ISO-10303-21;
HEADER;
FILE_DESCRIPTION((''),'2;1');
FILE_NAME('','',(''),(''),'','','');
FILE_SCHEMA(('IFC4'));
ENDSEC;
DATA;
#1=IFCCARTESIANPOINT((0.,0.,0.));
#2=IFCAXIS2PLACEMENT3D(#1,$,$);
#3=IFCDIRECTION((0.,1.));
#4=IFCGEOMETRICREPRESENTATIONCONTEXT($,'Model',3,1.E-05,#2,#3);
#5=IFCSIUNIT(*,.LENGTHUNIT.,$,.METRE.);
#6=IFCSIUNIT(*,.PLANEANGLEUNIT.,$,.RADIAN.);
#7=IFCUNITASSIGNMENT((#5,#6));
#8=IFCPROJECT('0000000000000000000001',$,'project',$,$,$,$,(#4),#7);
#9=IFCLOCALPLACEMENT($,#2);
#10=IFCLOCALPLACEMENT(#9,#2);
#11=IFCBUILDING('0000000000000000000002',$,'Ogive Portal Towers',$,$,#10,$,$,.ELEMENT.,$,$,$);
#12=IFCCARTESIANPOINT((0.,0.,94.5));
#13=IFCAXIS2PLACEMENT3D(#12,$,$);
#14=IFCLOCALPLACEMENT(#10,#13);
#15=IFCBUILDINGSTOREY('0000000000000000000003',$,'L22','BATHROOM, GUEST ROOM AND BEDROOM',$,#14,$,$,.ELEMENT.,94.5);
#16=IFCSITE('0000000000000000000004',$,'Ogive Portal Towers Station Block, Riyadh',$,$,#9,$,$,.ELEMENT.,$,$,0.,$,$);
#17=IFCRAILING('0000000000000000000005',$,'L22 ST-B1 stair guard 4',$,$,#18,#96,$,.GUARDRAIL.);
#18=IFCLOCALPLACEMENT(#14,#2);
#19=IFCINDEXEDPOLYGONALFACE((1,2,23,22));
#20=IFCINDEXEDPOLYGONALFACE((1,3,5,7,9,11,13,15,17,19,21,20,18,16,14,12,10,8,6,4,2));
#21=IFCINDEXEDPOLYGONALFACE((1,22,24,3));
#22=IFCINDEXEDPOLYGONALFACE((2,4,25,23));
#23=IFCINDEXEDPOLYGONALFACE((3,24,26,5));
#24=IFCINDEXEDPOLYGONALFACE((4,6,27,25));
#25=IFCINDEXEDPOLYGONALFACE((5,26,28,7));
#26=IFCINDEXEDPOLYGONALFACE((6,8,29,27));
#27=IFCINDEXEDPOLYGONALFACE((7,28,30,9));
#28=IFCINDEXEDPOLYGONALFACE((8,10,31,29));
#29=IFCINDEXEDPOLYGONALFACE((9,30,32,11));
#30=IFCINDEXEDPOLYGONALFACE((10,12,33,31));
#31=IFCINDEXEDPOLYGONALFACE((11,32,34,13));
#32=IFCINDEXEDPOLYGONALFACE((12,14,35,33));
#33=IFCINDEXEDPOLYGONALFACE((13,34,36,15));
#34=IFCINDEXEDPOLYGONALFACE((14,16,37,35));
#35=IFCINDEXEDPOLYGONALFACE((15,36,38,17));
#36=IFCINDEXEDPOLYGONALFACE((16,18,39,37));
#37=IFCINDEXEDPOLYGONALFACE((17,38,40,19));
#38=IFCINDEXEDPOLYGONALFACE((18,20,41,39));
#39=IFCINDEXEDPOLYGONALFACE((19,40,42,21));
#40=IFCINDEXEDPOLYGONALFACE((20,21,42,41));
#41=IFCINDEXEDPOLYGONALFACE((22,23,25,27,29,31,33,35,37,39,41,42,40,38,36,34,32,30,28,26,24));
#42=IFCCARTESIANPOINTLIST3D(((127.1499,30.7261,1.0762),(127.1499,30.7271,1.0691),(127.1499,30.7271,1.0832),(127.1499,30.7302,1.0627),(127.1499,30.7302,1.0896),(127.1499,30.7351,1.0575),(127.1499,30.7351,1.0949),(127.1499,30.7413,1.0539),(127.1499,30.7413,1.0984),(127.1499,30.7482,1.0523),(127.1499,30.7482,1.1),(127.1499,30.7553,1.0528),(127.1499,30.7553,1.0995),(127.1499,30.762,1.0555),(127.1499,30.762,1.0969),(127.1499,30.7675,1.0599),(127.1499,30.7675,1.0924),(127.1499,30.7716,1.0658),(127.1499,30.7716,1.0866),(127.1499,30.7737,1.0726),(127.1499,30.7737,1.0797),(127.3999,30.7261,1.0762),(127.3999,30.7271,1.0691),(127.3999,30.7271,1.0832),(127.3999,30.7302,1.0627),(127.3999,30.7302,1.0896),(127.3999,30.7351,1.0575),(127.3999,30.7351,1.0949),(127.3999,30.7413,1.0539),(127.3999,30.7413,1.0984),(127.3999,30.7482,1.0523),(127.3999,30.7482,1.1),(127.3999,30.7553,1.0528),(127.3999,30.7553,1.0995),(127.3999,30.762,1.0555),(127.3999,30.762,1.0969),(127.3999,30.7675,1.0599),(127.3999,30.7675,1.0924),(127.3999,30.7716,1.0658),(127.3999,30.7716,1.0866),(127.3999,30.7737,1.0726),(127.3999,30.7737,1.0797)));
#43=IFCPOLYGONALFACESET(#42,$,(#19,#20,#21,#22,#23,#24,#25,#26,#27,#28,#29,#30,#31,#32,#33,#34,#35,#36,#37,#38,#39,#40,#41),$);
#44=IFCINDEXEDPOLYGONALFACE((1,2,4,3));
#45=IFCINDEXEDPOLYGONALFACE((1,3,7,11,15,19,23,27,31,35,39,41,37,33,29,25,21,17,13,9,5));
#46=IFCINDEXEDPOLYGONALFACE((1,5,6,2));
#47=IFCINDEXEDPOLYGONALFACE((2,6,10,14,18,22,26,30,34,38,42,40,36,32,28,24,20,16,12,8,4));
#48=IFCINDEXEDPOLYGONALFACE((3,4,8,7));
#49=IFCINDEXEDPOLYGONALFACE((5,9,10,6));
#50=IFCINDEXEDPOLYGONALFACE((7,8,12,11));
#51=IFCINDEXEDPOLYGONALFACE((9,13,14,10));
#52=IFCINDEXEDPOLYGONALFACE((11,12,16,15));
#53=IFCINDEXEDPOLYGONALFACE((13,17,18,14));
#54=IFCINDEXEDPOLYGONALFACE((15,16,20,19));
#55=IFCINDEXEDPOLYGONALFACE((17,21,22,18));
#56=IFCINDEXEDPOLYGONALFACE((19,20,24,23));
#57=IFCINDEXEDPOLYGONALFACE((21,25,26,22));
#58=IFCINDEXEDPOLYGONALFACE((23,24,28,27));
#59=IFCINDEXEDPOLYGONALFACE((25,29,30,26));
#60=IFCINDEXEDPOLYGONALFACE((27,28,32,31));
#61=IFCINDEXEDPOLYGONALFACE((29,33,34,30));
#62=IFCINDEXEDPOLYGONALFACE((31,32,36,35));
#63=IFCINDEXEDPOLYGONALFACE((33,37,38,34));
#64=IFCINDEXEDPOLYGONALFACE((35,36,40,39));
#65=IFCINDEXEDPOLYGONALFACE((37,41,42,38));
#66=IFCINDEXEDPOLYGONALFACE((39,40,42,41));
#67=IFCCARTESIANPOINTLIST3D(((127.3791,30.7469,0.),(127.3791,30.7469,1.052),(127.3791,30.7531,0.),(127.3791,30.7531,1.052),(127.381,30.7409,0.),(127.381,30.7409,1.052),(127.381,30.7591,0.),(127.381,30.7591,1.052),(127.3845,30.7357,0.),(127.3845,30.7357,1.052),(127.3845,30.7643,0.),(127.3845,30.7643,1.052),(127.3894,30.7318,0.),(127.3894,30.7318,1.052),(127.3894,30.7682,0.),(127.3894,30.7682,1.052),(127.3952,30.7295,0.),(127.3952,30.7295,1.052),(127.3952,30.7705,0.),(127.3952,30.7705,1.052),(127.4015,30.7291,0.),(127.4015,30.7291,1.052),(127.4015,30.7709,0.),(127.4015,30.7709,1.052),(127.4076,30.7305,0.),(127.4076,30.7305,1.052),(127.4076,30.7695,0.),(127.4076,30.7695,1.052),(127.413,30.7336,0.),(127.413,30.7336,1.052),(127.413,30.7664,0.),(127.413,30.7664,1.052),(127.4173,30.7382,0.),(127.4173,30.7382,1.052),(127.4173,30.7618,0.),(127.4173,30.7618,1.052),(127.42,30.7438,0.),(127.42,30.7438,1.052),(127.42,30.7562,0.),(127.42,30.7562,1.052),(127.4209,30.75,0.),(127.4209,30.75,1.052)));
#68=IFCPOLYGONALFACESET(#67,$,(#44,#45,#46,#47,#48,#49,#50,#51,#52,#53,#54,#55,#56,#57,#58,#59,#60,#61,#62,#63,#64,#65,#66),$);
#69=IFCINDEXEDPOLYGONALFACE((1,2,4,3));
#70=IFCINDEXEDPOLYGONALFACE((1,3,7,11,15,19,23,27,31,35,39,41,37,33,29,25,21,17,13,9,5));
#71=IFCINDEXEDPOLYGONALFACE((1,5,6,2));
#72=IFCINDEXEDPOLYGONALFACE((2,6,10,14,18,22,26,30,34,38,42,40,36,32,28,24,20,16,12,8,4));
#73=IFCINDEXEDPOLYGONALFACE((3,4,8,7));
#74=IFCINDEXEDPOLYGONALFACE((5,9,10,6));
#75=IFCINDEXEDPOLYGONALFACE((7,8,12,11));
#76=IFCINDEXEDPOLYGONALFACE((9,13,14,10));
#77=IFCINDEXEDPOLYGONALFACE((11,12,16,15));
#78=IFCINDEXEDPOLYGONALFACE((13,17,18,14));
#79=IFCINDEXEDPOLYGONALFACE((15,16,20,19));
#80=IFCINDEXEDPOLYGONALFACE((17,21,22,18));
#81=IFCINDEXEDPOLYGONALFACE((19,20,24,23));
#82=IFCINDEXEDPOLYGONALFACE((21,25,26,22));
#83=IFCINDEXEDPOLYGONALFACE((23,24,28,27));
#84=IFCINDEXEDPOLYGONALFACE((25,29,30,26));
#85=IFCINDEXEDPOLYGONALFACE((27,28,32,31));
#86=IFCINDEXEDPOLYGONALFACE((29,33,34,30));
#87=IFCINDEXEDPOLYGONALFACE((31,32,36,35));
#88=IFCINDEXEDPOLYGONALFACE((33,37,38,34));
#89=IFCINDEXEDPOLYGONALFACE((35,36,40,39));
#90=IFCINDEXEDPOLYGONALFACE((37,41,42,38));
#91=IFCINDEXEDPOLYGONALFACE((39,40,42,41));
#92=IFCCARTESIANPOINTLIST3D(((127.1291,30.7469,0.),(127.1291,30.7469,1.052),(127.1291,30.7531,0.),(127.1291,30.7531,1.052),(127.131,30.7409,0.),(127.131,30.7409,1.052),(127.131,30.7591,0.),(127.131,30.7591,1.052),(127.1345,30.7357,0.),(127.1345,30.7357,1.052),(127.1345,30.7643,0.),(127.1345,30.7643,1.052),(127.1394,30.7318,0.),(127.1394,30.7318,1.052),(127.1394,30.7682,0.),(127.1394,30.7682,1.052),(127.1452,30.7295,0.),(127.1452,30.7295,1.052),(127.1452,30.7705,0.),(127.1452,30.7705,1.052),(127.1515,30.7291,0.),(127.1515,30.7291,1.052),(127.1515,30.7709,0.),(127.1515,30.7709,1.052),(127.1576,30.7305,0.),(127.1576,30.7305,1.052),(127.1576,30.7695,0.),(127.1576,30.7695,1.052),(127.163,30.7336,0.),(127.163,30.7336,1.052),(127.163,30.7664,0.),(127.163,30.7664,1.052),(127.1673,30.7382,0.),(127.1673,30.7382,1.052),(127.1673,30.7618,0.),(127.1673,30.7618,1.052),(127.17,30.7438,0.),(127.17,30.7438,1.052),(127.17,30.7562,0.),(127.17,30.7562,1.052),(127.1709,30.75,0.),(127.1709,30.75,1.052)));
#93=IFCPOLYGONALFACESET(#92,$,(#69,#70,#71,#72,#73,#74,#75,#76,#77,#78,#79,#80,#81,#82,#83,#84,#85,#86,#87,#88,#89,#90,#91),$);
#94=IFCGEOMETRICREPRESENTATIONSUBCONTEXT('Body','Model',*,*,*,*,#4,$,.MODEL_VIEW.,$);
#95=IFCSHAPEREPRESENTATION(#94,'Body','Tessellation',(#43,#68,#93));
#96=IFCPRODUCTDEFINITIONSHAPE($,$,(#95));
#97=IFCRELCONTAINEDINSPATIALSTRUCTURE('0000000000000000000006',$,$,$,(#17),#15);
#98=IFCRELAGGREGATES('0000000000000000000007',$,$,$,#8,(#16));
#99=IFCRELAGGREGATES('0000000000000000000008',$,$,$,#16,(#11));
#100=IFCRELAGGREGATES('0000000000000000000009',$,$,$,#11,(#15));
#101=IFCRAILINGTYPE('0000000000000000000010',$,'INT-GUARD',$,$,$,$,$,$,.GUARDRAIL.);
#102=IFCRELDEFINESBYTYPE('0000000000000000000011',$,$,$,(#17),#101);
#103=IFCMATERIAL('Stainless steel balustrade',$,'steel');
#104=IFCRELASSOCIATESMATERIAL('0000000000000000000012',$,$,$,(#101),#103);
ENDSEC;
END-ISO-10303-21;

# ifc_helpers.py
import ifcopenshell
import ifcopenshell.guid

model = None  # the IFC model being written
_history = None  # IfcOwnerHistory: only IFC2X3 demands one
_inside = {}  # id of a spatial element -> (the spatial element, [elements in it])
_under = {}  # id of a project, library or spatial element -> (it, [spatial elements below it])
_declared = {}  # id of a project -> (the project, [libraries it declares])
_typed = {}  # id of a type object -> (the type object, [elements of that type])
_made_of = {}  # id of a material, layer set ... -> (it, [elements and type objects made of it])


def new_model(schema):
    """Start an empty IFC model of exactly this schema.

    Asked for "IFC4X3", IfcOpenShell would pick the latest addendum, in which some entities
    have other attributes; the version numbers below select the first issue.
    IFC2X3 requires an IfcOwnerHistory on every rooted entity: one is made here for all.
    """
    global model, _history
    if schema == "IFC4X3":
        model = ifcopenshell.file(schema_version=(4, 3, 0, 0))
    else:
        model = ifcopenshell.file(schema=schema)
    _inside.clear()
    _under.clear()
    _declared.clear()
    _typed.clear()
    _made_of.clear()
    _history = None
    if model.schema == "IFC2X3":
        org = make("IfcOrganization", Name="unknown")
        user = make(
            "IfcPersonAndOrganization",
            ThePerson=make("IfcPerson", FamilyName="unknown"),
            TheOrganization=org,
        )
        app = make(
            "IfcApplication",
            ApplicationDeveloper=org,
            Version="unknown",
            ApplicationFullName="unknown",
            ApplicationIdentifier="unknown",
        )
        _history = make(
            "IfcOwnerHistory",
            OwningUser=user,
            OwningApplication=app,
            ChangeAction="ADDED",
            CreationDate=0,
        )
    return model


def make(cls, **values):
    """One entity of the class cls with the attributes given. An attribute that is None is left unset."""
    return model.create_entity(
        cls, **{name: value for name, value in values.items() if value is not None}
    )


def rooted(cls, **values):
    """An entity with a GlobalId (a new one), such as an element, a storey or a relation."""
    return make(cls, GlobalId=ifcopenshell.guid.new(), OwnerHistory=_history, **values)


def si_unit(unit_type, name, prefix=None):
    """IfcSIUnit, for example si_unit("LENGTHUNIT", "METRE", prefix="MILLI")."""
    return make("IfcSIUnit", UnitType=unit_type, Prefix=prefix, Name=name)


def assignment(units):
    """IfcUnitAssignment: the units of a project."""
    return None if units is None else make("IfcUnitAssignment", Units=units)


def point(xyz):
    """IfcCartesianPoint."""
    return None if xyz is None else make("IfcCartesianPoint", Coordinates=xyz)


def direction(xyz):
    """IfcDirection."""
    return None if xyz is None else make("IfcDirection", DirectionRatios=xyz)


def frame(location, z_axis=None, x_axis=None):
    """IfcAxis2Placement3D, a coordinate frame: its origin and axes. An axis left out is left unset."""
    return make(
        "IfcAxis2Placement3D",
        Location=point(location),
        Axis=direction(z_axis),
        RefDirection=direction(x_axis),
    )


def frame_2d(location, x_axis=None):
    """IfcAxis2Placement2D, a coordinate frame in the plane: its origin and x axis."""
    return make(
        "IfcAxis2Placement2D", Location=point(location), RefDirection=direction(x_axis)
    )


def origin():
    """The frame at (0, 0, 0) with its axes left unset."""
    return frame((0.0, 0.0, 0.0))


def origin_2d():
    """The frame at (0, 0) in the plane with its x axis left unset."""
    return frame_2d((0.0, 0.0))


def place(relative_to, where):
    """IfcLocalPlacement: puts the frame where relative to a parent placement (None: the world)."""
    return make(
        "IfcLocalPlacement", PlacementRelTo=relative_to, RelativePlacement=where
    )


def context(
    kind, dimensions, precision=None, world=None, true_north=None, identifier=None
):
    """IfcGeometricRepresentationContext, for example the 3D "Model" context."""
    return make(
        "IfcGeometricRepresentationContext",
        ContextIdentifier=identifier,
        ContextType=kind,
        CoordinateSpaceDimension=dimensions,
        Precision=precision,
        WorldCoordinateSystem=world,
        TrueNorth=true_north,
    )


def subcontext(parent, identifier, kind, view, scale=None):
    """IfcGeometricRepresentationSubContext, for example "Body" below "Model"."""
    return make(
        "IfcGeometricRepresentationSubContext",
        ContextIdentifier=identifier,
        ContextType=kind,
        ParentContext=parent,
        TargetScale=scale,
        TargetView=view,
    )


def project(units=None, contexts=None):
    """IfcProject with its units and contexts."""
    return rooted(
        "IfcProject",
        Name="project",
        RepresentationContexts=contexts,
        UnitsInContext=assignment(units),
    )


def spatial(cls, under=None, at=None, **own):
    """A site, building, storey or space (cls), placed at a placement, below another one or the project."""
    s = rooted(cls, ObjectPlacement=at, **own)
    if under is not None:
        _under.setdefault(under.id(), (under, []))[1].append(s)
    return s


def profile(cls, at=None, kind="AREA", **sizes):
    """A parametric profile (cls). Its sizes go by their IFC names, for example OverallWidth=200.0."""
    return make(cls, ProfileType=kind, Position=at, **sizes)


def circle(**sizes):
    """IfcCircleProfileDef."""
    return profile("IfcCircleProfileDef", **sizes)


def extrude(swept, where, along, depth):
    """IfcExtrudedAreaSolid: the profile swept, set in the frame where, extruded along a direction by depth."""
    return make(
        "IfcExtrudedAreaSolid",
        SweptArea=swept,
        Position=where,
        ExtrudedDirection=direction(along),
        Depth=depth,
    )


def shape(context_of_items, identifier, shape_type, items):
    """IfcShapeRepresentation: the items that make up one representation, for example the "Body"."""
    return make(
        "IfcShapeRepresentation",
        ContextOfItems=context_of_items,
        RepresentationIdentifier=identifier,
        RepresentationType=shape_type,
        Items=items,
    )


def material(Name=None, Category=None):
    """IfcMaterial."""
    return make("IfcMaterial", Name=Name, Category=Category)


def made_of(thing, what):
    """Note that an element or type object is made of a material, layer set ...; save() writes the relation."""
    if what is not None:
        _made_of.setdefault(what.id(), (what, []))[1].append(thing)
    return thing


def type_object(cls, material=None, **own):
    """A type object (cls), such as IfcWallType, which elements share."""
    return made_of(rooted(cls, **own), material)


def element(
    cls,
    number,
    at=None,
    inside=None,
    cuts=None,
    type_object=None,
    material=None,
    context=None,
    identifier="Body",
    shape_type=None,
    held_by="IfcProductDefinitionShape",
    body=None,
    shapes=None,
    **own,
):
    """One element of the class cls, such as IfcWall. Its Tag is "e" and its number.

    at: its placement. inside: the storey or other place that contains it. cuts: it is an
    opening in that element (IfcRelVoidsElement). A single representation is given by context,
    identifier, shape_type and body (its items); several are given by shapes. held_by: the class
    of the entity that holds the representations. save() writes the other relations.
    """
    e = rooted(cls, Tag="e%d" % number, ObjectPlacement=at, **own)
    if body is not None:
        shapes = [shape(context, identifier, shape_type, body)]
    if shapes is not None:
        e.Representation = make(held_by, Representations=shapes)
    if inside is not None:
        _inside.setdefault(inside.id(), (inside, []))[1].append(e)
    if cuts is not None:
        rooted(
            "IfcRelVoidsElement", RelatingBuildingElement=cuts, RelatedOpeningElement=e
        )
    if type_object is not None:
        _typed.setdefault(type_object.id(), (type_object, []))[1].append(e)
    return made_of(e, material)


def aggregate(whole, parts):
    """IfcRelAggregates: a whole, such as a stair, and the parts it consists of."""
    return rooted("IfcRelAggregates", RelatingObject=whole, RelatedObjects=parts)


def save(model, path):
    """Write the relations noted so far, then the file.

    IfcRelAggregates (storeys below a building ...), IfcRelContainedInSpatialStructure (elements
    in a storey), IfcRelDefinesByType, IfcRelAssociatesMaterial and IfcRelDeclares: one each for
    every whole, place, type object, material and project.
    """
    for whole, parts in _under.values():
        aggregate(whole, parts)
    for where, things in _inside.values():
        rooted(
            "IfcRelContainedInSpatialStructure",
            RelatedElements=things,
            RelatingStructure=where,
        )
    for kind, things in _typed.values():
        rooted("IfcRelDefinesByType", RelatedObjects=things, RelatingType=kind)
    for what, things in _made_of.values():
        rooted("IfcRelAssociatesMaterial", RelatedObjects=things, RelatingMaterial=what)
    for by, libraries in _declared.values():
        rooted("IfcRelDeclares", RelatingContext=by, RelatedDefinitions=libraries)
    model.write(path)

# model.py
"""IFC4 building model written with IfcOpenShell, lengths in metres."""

from ifc_helpers import new_model, si_unit, direction, frame, origin, origin_2d, place, context, subcontext, project, spatial, circle, extrude, material, type_object, element, save


model = new_model("IFC4")

# Units and contexts
model_context = context("Model", 3, precision=1e-05, world=origin(), true_north=direction((0.0, 1.0)))
body_context = subcontext(model_context, "Body", "Model", "MODEL_VIEW")
ifc_project = project(units=[si_unit("LENGTHUNIT", "METRE"), si_unit("PLANEANGLEUNIT", "RADIAN")], contexts=[model_context])

# Site, building, storey
site_placement = place(None, origin())
site = spatial("IfcSite", under=ifc_project, at=site_placement, Name="Ogive Portal Towers Station Block, Riyadh", CompositionType="ELEMENT", RefElevation=0.0)
building_placement = place(site_placement, origin())
building = spatial("IfcBuilding", under=site, at=building_placement, Name="Ogive Portal Towers", CompositionType="ELEMENT")
storey_placement = place(building_placement, frame((0.0, 0.0, 94.5)))
storey = spatial("IfcBuildingStorey", under=building, at=storey_placement, Name="L22", Description="BATHROOM, GUEST ROOM AND BEDROOM", CompositionType="ELEMENT", Elevation=94.5)

# Railing
ifc_material_1 = material(Name="Stainless steel balustrade", Category="steel")
railing_type_1 = type_object("IfcRailingType", Name="INT-GUARD", PredefinedType="GUARDRAIL", material=ifc_material_1)
railing_1_placement = place(storey_placement, frame((127.3999, 30.75, 0.0)))
element("IfcRailing", 1, at=railing_1_placement, inside=storey, type_object=railing_type_1, Name="L22 ST-B1 stair guard 4", PredefinedType="GUARDRAIL", context=body_context, shape_type="SweptSolid", body=[
    extrude(circle(Radius=0.0239, at=origin_2d()), frame((0.0, 0.0, 1.0762), z_axis=(-1.0, 0.0, 0.0), x_axis=(0.0, -1.0, 0.0)), (0.0, 0.0, 1.0), 0.25),
    extrude(circle(Radius=0.021, at=origin_2d()), origin(), (0.0, 0.0, 1.0), 1.052),
    extrude(circle(Radius=0.021, at=origin_2d()), frame((-0.25, 0.0, 0.0)), (0.0, 0.0, 1.0), 1.052),
])

save(model, "model.ifc")
